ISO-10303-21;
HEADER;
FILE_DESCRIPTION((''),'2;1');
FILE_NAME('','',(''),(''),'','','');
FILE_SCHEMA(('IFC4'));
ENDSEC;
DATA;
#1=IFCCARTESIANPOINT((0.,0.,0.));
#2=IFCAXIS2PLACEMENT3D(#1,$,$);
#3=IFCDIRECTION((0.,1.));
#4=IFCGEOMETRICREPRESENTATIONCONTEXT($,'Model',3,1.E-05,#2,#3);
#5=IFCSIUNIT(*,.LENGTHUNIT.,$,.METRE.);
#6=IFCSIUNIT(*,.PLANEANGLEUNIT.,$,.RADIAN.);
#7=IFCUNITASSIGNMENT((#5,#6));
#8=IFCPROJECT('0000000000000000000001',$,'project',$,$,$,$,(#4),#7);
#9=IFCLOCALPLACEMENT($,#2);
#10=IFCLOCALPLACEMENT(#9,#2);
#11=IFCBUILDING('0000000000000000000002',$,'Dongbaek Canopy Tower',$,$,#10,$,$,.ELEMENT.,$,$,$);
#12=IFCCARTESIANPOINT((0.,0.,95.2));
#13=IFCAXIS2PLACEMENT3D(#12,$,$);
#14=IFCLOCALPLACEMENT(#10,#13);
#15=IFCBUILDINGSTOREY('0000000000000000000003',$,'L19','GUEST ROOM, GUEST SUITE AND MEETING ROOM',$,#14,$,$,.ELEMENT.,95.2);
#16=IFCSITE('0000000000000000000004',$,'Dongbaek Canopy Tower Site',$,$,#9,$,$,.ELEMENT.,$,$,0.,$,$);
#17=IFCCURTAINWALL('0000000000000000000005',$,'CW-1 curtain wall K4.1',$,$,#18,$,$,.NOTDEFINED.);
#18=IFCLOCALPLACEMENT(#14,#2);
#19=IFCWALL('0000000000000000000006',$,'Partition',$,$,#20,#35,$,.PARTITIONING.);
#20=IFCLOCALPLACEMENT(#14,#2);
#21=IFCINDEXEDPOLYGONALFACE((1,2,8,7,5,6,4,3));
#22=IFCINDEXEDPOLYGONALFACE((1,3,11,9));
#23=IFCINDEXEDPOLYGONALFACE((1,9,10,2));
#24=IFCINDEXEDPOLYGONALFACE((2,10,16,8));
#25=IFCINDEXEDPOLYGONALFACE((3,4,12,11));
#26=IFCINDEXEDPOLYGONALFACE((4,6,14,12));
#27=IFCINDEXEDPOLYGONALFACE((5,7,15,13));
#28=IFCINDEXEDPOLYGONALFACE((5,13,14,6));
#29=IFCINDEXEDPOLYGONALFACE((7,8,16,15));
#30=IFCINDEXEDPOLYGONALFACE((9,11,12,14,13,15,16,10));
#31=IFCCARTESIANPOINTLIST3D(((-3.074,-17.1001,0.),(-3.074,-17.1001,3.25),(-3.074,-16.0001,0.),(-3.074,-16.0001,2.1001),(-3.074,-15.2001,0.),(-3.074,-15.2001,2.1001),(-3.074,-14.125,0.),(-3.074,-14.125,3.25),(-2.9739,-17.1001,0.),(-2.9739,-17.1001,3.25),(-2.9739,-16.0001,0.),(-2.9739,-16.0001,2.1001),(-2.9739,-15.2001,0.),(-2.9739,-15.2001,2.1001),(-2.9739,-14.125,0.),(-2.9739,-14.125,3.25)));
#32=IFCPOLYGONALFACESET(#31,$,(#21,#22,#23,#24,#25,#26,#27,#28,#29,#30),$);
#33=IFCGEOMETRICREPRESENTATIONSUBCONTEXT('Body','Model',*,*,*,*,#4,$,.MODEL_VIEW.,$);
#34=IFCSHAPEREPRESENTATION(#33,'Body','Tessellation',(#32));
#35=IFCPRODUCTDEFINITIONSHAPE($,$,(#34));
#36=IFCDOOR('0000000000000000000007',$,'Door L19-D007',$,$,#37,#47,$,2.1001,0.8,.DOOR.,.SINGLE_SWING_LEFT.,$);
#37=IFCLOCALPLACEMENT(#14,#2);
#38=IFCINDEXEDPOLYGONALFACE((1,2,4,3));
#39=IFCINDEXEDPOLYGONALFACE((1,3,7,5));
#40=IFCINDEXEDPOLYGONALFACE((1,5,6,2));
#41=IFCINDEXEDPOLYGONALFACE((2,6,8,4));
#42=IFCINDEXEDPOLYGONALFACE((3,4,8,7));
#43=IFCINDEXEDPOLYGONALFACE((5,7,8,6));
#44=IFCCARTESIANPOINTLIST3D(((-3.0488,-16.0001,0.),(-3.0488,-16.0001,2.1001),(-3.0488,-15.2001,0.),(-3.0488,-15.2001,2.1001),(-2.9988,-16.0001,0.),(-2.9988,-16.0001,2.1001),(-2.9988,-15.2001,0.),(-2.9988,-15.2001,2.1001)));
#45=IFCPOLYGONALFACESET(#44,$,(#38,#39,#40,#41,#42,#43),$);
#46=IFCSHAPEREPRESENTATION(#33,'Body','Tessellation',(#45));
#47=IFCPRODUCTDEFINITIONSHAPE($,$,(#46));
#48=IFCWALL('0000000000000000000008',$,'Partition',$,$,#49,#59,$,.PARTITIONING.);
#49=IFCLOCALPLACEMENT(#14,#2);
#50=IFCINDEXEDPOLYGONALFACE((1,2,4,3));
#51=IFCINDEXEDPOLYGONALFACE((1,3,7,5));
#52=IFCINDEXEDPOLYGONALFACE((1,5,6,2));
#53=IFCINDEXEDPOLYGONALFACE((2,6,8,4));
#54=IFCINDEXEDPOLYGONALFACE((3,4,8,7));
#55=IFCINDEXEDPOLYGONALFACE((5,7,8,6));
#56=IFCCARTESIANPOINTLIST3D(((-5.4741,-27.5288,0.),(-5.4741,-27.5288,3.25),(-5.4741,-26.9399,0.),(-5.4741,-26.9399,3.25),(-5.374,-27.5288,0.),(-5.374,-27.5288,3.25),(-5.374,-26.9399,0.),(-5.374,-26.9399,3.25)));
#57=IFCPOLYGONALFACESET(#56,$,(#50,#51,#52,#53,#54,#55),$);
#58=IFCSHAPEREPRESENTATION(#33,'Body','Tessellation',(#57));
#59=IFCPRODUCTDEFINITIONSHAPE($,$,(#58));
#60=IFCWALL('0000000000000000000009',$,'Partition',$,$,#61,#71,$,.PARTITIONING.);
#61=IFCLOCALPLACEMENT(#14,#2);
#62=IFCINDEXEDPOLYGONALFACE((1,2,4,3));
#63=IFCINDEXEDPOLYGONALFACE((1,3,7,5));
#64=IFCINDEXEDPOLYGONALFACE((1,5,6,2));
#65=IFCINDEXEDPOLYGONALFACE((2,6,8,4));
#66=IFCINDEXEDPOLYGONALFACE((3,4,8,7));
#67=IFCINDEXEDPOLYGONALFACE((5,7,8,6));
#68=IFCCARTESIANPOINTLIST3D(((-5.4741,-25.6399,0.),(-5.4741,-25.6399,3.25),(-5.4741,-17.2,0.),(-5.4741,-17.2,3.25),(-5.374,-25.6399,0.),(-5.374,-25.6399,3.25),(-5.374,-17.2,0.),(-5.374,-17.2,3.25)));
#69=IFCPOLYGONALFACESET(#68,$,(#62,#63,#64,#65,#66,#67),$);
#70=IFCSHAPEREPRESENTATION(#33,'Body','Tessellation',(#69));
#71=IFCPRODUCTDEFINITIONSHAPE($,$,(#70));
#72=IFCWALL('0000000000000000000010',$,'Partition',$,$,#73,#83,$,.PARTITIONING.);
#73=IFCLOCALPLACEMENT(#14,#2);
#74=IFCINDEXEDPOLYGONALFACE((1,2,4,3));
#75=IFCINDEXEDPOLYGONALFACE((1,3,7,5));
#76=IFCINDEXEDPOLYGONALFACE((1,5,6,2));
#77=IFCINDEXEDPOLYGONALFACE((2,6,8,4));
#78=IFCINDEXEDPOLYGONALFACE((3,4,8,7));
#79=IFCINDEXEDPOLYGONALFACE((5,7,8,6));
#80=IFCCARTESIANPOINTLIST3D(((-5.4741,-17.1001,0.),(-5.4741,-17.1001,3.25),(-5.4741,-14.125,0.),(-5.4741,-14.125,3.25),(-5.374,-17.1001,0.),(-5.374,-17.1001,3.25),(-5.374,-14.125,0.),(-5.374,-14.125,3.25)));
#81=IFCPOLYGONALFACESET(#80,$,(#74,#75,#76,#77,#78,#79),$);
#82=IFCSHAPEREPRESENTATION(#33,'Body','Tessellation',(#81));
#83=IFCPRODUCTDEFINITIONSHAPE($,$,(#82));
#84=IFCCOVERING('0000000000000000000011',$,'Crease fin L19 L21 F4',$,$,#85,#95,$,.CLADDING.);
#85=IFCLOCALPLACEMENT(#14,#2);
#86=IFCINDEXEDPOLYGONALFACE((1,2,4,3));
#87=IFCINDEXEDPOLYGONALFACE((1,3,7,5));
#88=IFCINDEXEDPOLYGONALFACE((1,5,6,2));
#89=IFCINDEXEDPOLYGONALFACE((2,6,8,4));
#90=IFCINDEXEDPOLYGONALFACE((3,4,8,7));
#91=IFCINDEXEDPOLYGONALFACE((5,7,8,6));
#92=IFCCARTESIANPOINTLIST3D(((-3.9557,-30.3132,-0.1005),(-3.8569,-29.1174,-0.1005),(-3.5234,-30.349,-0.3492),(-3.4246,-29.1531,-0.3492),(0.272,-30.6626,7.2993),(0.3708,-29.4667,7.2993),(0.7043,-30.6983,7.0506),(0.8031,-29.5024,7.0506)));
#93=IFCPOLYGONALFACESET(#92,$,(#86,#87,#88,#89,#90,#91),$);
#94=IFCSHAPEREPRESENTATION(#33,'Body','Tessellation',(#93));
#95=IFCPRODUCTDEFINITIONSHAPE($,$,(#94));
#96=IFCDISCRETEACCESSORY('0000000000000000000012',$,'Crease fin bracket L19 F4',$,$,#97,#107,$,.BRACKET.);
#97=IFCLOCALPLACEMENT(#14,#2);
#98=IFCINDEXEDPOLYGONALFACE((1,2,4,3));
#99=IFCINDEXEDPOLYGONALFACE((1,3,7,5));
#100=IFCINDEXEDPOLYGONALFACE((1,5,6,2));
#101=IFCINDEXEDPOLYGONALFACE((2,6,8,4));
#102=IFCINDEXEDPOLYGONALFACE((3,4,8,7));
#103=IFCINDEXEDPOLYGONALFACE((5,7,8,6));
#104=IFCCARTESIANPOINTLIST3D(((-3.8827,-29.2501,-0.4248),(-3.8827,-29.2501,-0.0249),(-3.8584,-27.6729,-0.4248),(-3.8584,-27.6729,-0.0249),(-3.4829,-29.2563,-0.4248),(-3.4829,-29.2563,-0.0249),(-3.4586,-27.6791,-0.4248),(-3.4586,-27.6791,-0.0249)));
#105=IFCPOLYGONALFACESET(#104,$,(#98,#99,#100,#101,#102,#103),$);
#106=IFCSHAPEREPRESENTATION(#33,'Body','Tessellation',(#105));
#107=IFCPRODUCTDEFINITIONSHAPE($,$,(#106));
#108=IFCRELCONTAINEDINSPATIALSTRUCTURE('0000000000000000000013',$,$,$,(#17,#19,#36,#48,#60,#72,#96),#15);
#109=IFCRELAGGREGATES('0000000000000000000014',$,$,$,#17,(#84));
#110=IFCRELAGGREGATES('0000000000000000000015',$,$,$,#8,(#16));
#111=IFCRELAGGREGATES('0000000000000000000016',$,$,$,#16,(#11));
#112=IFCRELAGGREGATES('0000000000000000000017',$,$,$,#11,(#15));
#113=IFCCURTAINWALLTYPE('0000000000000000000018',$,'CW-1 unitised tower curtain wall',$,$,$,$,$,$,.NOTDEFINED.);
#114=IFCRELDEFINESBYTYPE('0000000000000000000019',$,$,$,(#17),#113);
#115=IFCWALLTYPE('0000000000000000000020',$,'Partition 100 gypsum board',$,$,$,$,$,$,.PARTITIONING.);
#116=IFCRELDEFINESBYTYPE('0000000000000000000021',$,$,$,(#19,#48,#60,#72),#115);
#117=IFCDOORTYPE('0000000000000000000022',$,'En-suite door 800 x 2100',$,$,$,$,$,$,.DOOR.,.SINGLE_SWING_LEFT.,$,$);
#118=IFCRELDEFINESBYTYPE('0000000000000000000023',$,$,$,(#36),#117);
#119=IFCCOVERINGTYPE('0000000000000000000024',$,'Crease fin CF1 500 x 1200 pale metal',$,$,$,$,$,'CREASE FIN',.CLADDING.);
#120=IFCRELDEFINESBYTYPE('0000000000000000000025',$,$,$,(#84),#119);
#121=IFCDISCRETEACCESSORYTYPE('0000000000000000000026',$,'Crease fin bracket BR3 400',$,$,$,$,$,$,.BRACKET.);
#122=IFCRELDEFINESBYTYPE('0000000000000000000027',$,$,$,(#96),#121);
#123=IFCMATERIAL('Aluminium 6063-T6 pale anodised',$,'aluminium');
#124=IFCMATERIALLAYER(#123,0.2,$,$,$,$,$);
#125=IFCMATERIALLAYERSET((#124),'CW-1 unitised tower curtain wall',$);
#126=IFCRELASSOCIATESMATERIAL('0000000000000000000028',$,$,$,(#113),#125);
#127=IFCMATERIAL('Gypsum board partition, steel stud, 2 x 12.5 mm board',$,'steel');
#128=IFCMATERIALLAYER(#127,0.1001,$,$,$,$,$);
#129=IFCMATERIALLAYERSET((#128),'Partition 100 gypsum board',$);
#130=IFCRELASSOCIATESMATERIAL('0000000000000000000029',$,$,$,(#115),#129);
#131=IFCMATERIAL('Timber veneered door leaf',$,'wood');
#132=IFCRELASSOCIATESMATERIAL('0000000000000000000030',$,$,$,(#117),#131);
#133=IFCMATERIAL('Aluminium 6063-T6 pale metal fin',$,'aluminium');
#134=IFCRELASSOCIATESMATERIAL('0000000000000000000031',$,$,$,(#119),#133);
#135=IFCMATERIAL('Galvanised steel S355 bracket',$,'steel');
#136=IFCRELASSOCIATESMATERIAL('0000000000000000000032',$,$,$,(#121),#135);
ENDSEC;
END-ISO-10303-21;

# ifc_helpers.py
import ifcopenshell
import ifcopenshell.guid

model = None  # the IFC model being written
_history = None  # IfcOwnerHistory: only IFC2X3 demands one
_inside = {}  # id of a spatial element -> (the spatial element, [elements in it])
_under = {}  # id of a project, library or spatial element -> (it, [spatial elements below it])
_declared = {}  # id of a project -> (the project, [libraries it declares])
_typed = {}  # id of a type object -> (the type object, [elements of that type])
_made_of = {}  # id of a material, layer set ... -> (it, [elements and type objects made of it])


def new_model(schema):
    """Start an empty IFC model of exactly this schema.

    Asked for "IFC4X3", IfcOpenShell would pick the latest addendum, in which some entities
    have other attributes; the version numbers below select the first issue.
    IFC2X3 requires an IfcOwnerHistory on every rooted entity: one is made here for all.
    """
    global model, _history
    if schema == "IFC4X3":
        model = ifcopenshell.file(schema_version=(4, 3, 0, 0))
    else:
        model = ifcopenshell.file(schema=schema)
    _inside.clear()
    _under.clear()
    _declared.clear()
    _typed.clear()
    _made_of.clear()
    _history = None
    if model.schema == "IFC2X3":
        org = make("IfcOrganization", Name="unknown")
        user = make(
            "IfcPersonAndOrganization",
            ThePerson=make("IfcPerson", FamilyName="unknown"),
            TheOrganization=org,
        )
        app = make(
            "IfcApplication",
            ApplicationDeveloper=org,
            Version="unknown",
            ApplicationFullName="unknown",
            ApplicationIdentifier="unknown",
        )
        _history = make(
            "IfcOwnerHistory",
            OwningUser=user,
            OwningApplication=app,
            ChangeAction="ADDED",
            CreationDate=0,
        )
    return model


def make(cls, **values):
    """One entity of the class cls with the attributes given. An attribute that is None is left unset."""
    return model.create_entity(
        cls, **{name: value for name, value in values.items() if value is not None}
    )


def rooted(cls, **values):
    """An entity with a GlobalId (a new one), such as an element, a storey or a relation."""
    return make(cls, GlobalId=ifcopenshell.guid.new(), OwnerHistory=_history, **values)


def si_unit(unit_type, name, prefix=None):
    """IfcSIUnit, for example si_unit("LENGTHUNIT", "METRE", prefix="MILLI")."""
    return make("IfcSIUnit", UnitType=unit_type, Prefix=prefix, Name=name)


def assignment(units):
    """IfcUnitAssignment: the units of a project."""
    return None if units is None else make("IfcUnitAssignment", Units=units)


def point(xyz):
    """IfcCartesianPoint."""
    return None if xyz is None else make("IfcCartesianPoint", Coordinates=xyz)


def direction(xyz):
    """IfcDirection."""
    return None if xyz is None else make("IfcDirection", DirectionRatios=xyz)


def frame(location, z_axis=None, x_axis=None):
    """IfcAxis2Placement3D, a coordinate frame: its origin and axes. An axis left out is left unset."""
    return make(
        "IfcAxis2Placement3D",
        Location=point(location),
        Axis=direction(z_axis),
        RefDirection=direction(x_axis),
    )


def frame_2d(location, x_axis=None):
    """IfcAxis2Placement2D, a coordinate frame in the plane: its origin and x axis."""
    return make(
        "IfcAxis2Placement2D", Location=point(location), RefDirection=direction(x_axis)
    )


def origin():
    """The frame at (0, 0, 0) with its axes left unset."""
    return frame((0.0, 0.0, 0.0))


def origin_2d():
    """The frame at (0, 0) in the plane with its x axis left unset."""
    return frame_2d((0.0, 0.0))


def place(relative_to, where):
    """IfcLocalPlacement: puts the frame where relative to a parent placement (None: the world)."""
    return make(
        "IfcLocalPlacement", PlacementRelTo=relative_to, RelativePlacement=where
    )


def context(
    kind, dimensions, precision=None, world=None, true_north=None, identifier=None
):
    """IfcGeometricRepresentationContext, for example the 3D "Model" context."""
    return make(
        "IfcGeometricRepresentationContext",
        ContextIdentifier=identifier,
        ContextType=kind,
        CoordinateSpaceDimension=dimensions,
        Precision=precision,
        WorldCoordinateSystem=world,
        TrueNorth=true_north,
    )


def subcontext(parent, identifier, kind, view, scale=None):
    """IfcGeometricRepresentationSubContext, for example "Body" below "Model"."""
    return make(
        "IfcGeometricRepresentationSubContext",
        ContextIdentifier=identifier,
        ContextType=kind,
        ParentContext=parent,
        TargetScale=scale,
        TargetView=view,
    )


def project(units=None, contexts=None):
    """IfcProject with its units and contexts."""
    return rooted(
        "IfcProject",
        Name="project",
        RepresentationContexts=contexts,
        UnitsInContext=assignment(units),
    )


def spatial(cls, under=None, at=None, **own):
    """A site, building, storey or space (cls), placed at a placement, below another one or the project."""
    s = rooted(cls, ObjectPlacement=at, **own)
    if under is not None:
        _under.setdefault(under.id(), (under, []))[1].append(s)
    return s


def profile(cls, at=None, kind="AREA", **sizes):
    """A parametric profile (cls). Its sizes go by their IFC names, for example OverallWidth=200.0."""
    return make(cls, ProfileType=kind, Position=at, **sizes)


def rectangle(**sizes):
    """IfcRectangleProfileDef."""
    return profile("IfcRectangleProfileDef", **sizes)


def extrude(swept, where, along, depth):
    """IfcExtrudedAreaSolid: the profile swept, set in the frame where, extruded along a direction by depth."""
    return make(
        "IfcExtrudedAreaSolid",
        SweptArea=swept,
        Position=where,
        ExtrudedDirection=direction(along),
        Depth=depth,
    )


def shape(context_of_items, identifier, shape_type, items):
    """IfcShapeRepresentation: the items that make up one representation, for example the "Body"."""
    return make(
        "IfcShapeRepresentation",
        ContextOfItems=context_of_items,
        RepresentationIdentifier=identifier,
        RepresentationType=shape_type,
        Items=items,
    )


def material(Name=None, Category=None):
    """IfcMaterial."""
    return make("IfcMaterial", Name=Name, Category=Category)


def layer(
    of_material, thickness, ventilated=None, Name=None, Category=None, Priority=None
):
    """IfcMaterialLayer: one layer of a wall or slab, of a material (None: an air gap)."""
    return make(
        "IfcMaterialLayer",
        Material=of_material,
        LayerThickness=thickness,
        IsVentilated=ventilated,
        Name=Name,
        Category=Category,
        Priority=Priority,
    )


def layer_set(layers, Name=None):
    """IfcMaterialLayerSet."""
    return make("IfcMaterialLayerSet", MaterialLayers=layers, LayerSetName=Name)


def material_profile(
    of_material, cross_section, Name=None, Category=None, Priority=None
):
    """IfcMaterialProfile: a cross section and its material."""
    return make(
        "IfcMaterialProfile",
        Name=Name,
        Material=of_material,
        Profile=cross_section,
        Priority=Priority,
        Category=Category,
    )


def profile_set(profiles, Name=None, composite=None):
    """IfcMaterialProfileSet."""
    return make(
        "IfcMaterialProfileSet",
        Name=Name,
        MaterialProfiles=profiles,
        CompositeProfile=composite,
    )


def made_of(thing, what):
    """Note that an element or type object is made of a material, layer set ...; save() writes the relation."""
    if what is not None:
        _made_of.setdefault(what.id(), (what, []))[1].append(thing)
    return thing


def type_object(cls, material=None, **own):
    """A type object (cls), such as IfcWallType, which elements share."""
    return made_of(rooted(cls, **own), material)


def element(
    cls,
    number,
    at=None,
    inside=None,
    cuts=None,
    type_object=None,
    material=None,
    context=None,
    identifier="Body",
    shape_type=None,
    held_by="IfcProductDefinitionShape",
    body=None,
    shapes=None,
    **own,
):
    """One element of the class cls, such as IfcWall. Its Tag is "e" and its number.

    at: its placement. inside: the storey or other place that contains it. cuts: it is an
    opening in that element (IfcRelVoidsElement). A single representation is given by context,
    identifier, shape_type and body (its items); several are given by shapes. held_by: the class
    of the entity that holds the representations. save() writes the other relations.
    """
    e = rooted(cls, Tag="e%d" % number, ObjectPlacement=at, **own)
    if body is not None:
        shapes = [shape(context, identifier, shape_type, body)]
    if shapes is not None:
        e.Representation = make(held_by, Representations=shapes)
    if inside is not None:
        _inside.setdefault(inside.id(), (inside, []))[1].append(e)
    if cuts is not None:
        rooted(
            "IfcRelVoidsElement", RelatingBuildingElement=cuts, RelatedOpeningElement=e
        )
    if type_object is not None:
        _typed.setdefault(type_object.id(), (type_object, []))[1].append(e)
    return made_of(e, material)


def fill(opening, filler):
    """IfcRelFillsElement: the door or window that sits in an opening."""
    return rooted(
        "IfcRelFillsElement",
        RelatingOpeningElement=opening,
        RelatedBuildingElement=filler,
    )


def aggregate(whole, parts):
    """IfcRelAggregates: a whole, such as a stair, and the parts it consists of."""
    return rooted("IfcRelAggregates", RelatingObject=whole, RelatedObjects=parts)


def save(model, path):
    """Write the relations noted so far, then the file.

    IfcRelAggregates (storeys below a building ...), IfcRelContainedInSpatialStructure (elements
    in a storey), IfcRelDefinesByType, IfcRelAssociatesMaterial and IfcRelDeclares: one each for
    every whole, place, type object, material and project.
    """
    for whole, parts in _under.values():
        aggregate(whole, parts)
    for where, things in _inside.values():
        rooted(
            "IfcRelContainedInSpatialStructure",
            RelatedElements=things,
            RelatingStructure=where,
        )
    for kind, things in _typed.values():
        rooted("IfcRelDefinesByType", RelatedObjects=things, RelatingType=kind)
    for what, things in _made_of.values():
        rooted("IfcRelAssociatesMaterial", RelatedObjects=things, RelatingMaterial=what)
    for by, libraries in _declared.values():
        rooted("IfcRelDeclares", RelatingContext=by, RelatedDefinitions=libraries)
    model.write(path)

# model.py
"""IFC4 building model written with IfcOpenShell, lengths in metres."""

from ifc_helpers import new_model, si_unit, direction, frame, frame_2d, origin, origin_2d, place, context, subcontext, project, spatial, rectangle, extrude, material, layer, layer_set, material_profile, profile_set, type_object, element, fill, aggregate, save


model = new_model("IFC4")

# Units and contexts
model_context = context("Model", 3, precision=1e-05, world=origin(), true_north=direction((0.0, 1.0)))
body_context = subcontext(model_context, "Body", "Model", "MODEL_VIEW")
ifc_project = project(units=[si_unit("LENGTHUNIT", "METRE"), si_unit("PLANEANGLEUNIT", "RADIAN")], contexts=[model_context])

# Site, building, storey
site_placement = place(None, origin())
site = spatial("IfcSite", under=ifc_project, at=site_placement, Name="Dongbaek Canopy Tower Site", CompositionType="ELEMENT", RefElevation=0.0)
building_placement = place(site_placement, origin())
building = spatial("IfcBuilding", under=site, at=building_placement, Name="Dongbaek Canopy Tower", CompositionType="ELEMENT")
storey_placement = place(building_placement, frame((0.0, 0.0, 95.2)))
storey = spatial("IfcBuildingStorey", under=building, at=storey_placement, Name="L19", Description="GUEST ROOM, GUEST SUITE AND MEETING ROOM", CompositionType="ELEMENT", Elevation=95.2)

# Curtain wall
ifc_material_1 = material(Name="Aluminium 6063-T6 pale anodised", Category="aluminium")
ifc_layer_1 = layer(ifc_material_1, 0.2)
ifc_layer_set_1 = layer_set([ifc_layer_1], Name="CW-1 unitised tower curtain wall")
curtain_wall_type = type_object("IfcCurtainWallType", Name="CW-1 unitised tower curtain wall", PredefinedType="NOTDEFINED", material=ifc_layer_set_1)
curtain_wall_placement = place(storey_placement, origin())
curtain_wall = element("IfcCurtainWall", 1, at=curtain_wall_placement, inside=storey, type_object=curtain_wall_type, Name="CW-1 curtain wall K4.1", PredefinedType="NOTDEFINED")

# Shared definitions
ifc_material_2 = material(Name="Gypsum board partition, steel stud, 2 x 12.5 mm board", Category="steel")
ifc_layer_2 = layer(ifc_material_2, 0.1001)
ifc_layer_set_2 = layer_set([ifc_layer_2], Name="Partition 100 gypsum board")
wall_type_1 = type_object("IfcWallType", Name="Partition 100 gypsum board", PredefinedType="PARTITIONING", material=ifc_layer_set_2)

# Wall, opening, door
wall_1_placement = place(storey_placement, frame((-3.0239, -17.1001, 0.0), z_axis=(0.0, 0.0, 1.0), x_axis=(0.0, 1.0, 0.0)))
wall_1 = element("IfcWall", 2, at=wall_1_placement, inside=storey, type_object=wall_type_1, Name="Partition", PredefinedType="PARTITIONING", context=body_context, shape_type="SweptSolid", body=[
    extrude(rectangle(XDim=2.9751, YDim=0.1001, at=frame_2d((1.4875, 0.0))), origin(), (0.0, 0.0, 1.0), 3.25),
])
opening_1_placement = place(wall_1_placement, frame((1.1001, 0.0, 0.0)))
opening_1 = element("IfcOpeningElement", 3, at=opening_1_placement, cuts=wall_1, PredefinedType="OPENING", context=body_context, shape_type="SweptSolid", body=[
    extrude(rectangle(XDim=0.8, YDim=2.1001, at=frame_2d((0.3999, 1.05))), frame((0.0, 0.0601, 0.0), z_axis=(0.0, -1.0, 0.0), x_axis=(1.0, 0.0, 0.0)), (0.0, 0.0, 1.0), 0.1201),
])
ifc_material_3 = material(Name="Timber veneered door leaf", Category="wood")
door_type_1 = type_object("IfcDoorType", Name="En-suite door 800 x 2100", OperationType="SINGLE_SWING_LEFT", PredefinedType="DOOR", material=ifc_material_3)
door_1_placement = place(opening_1_placement, origin())
door_1 = element("IfcDoor", 4, at=door_1_placement, inside=storey, type_object=door_type_1, Name="Door L19-D007", OperationType="SINGLE_SWING_LEFT", OverallHeight=2.1001, OverallWidth=0.8, PredefinedType="DOOR", context=body_context, shape_type="SweptSolid", body=[
    extrude(rectangle(XDim=0.8, YDim=2.1001, at=frame_2d((0.3999, 1.05))), frame((0.0, 0.0249, 0.0), z_axis=(0.0, -1.0, 0.0), x_axis=(1.0, 0.0, 0.0)), (0.0, 0.0, 1.0), 0.05),
])
fill(opening_1, door_1)

# Walls
wall_2_placement = place(storey_placement, frame((-5.4241, -27.5288, 0.0), z_axis=(0.0, 0.0, 1.0), x_axis=(0.0, 1.0, 0.0)))
element("IfcWall", 5, at=wall_2_placement, inside=storey, type_object=wall_type_1, Name="Partition", PredefinedType="PARTITIONING", context=body_context, shape_type="SweptSolid", body=[
    extrude(rectangle(XDim=0.5889, YDim=0.1001, at=frame_2d((0.2944, 0.0))), origin(), (0.0, 0.0, 1.0), 3.25),
])
wall_3_placement = place(storey_placement, frame((-5.4241, -25.6399, 0.0), z_axis=(0.0, 0.0, 1.0), x_axis=(0.0, 1.0, 0.0)))
element("IfcWall", 6, at=wall_3_placement, inside=storey, type_object=wall_type_1, Name="Partition", PredefinedType="PARTITIONING", context=body_context, shape_type="SweptSolid", body=[
    extrude(rectangle(XDim=8.4399, YDim=0.1001, at=frame_2d((4.22, 0.0))), origin(), (0.0, 0.0, 1.0), 3.25),
])
wall_4_placement = place(storey_placement, frame((-5.4241, -17.1001, 0.0), z_axis=(0.0, 0.0, 1.0), x_axis=(0.0, 1.0, 0.0)))
element("IfcWall", 7, at=wall_4_placement, inside=storey, type_object=wall_type_1, Name="Partition", PredefinedType="PARTITIONING", context=body_context, shape_type="SweptSolid", body=[
    extrude(rectangle(XDim=2.9751, YDim=0.1001, at=frame_2d((1.4875, 0.0))), origin(), (0.0, 0.0, 1.0), 3.25),
])

# Covering
ifc_material_4 = material(Name="Aluminium 6063-T6 pale metal fin", Category="aluminium")
ifc_material_profile_1 = material_profile(ifc_material_4, rectangle(XDim=1.2, YDim=0.5, at=origin_2d()), Name="Crease fin CF1 500 x 1200 pale metal")
ifc_profile_set_1 = profile_set([ifc_material_profile_1], Name="Aluminium 6063-T6 pale metal fin")
covering_type = type_object("IfcCoveringType", Name="Crease fin CF1 500 x 1200 pale metal", ElementType="CREASE FIN", PredefinedType="CLADDING", material=ifc_profile_set_1)
covering_placement = place(storey_placement, frame((-3.6902, -29.7332, -0.2249), z_axis=(0.495658, -0.040959, 0.867552), x_axis=(0.082355, 0.996603, 0.0)))
covering = element("IfcCovering", 8, at=covering_placement, type_object=covering_type, Name="Crease fin L19 L21 F4", PredefinedType="CLADDING", context=body_context, shape_type="SweptSolid", body=[
    extrude(rectangle(XDim=1.2, YDim=0.5, at=origin_2d()), origin(), (0.0, 0.0, 1.0), 8.5295),
])
aggregate(curtain_wall, [covering])

# Discrete accessory
ifc_material_5 = material(Name="Galvanised steel S355 bracket", Category="steel")
discrete_accessory_type = type_object("IfcDiscreteAccessoryType", Name="Crease fin bracket BR3 400", PredefinedType="BRACKET", material=ifc_material_5)
discrete_accessory_placement = place(storey_placement, frame((-3.6707, -28.4646, -0.4248), z_axis=(0.0, 0.0, 1.0), x_axis=(-0.015412, -0.999881, 0.0)))
element("IfcDiscreteAccessory", 9, at=discrete_accessory_placement, inside=storey, type_object=discrete_accessory_type, Name="Crease fin bracket L19 F4", PredefinedType="BRACKET", context=body_context, shape_type="SweptSolid", body=[
    extrude(rectangle(XDim=1.5774, YDim=0.3999, at=origin_2d()), origin(), (0.0, 0.0, 1.0), 0.3999),
])

save(model, "model.ifc")
